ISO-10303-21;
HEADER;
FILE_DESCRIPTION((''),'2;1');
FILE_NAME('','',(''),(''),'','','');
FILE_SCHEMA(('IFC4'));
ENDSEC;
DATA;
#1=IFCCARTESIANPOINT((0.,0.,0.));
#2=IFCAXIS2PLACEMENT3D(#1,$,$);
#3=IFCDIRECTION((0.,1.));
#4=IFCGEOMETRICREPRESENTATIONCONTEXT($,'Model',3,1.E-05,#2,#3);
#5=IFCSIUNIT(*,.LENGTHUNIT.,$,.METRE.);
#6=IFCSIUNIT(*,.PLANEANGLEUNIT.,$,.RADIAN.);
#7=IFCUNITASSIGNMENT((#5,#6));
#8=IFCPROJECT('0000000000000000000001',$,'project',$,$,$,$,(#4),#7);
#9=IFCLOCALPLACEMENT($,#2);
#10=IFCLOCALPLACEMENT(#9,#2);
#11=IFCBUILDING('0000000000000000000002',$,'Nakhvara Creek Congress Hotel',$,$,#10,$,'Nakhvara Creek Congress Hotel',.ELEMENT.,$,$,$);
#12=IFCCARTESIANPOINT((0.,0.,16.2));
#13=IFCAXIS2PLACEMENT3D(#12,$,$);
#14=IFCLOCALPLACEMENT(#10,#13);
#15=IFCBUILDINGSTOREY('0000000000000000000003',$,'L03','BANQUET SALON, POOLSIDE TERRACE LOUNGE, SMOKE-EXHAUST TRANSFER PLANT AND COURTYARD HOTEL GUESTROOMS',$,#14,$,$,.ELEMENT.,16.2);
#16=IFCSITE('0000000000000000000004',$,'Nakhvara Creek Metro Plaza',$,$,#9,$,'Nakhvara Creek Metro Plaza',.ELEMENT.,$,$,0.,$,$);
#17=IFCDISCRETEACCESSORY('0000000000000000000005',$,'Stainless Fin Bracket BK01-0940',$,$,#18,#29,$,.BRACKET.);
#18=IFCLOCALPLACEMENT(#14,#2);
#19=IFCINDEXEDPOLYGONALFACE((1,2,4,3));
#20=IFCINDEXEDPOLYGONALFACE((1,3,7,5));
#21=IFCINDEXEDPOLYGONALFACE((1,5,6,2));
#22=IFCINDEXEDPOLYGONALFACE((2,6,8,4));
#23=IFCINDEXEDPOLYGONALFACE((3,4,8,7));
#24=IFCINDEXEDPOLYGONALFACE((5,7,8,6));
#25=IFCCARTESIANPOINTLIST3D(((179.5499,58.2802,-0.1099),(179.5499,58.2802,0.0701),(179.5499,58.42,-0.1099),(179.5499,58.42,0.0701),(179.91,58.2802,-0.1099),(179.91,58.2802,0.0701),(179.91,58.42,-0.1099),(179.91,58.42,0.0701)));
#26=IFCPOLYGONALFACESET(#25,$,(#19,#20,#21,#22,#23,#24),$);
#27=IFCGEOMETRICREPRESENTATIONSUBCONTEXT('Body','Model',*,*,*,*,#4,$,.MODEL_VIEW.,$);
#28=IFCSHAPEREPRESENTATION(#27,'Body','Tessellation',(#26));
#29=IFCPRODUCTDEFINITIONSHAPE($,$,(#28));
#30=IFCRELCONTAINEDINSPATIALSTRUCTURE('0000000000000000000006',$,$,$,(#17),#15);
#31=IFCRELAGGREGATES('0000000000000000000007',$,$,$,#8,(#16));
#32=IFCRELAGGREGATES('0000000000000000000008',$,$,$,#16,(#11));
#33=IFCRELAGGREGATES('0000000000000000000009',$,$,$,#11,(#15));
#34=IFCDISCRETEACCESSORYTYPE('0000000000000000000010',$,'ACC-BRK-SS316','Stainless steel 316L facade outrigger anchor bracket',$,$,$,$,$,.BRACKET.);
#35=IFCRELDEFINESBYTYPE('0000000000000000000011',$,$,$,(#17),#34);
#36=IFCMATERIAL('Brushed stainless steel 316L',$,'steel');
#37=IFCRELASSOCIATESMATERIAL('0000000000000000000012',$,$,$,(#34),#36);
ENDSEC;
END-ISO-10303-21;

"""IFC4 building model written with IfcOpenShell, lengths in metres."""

from ifc_helpers import new_model, si_unit, direction, frame, origin, origin_2d, place, context, subcontext, project, spatial, rectangle, extrude, material, type_object, element, save


model = new_model("IFC4")

# Units and contexts
model_context = context("Model", 3, precision=1e-05, world=origin(), true_north=direction((0.0, 1.0)))
body_context = subcontext(model_context, "Body", "Model", "MODEL_VIEW")
ifc_project = project(units=[si_unit("LENGTHUNIT", "METRE"), si_unit("PLANEANGLEUNIT", "RADIAN")], contexts=[model_context])

# Site, building, storey
site_placement = place(None, origin())
site = spatial("IfcSite", under=ifc_project, at=site_placement, Name="Nakhvara Creek Metro Plaza", LongName="Nakhvara Creek Metro Plaza", CompositionType="ELEMENT", RefElevation=0.0)
building_placement = place(site_placement, origin())
building = spatial("IfcBuilding", under=site, at=building_placement, Name="Nakhvara Creek Congress Hotel", LongName="Nakhvara Creek Congress Hotel", CompositionType="ELEMENT")
storey_placement = place(building_placement, frame((0.0, 0.0, 16.2)))
storey = spatial("IfcBuildingStorey", under=building, at=storey_placement, Name="L03", Description="BANQUET SALON, POOLSIDE TERRACE LOUNGE, SMOKE-EXHAUST TRANSFER PLANT AND COURTYARD HOTEL GUESTROOMS", CompositionType="ELEMENT", Elevation=16.2)

# Discrete accessory
ifc_material_1 = material(Name="Brushed stainless steel 316L", Category="steel")
discrete_accessory_type = type_object("IfcDiscreteAccessoryType", Name="ACC-BRK-SS316", Description="Stainless steel 316L facade outrigger anchor bracket", PredefinedType="BRACKET", material=ifc_material_1)
for number, where, z_axis, x_axis, name in (
    (1, (179.73, 58.3501, -0.1099), (0.0, 0.0, 1.0), (0.0, 1.0, 0.0), "Stainless Fin Bracket BK01-0940"),
):
    element("IfcDiscreteAccessory", number, at=place(storey_placement, frame(where, z_axis=z_axis, x_axis=x_axis)), inside=storey, type_object=discrete_accessory_type, Name=name, PredefinedType="BRACKET", context=body_context, shape_type="SweptSolid", body=[
        extrude(rectangle(XDim=0.1399, YDim=0.3601, at=origin_2d()), origin(), (0.0, 0.0, 1.0), 0.1799),
    ])

save(model, "model.ifc")
